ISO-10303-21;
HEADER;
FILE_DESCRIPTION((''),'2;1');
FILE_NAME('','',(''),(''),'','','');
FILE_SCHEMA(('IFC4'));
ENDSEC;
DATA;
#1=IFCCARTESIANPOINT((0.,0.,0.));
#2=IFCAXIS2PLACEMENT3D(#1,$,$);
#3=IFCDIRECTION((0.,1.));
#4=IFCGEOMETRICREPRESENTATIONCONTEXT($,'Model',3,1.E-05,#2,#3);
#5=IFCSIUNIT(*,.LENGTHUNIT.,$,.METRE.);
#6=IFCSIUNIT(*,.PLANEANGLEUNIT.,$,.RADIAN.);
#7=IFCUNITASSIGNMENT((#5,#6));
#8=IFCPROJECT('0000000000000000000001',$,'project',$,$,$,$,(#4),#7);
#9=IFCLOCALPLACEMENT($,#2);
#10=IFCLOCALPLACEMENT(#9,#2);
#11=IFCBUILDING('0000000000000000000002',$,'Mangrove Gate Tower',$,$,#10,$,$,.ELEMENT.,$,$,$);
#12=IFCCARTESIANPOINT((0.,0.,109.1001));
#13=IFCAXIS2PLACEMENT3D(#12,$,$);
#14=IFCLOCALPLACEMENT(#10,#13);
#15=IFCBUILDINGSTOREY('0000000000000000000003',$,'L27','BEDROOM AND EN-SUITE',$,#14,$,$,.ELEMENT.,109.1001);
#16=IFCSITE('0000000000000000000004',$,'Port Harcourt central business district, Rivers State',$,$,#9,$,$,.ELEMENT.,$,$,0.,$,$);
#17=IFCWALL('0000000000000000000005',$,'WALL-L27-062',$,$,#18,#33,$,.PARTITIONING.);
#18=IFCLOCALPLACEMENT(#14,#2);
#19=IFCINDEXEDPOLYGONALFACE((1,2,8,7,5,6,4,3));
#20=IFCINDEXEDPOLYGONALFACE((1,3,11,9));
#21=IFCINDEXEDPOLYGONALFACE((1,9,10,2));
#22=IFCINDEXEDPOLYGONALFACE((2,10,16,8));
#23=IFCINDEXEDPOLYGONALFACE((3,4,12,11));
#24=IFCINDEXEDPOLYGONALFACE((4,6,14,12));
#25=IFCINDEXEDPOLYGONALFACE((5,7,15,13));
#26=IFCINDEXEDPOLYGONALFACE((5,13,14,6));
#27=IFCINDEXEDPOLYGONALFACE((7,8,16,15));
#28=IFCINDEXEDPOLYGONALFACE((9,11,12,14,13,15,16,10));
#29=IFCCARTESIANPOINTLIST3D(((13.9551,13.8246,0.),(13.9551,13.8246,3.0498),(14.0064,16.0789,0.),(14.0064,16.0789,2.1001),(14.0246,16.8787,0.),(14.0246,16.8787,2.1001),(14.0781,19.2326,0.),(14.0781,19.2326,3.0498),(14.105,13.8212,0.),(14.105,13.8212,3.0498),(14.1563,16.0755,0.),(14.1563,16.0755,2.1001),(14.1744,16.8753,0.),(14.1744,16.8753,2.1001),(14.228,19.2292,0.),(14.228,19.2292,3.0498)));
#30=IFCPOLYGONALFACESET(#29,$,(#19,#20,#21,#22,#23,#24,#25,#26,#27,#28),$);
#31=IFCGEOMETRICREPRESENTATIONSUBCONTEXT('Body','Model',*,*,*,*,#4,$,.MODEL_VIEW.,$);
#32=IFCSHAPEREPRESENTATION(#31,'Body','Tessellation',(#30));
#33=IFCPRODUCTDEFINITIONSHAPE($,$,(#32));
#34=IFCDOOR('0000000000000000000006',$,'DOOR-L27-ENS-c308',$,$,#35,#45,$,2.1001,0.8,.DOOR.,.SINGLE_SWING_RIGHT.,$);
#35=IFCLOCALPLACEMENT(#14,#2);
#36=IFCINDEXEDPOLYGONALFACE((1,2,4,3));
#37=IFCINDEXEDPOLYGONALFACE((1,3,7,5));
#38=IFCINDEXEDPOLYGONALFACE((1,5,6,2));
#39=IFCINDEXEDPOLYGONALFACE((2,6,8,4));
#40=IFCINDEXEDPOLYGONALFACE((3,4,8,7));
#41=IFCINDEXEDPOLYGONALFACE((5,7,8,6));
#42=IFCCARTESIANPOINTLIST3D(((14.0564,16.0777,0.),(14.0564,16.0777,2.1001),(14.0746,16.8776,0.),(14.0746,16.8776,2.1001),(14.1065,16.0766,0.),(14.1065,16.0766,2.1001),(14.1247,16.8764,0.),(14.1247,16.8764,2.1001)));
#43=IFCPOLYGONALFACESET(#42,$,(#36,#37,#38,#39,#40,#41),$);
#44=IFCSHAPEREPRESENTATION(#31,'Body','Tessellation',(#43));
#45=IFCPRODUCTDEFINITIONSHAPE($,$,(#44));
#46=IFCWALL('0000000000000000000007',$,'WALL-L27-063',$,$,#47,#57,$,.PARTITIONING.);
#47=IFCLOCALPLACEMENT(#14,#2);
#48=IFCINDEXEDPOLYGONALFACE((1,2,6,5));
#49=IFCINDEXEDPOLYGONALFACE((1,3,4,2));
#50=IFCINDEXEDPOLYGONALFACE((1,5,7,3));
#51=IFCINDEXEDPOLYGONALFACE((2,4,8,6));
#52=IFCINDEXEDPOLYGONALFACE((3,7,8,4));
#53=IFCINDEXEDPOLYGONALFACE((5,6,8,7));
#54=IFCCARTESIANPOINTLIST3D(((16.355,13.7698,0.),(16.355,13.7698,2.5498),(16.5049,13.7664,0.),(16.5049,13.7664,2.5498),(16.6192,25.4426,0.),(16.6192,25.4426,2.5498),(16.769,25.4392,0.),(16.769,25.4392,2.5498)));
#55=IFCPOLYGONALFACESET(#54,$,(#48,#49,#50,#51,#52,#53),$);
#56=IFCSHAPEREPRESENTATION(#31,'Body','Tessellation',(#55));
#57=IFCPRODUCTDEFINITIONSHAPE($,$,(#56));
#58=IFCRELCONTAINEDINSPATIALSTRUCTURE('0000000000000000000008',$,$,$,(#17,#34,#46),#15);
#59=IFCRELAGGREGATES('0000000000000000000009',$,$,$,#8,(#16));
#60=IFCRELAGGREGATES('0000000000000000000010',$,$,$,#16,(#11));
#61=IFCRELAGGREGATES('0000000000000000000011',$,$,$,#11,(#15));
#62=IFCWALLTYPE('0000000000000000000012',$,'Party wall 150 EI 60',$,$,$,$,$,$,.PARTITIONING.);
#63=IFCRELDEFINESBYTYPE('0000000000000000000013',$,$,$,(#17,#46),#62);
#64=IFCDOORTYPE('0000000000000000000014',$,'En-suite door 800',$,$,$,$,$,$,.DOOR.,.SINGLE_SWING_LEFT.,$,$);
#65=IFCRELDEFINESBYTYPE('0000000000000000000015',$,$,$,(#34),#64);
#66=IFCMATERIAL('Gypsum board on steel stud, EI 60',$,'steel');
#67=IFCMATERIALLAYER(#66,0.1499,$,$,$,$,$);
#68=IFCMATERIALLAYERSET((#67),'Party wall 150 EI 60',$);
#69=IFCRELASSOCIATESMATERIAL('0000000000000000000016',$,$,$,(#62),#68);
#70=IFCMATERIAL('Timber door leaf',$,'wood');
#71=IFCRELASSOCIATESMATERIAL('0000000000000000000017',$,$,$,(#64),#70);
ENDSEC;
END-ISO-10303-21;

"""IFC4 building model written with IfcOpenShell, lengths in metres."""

from ifc_helpers import new_model, si_unit, direction, frame, frame_2d, origin, place, context, subcontext, project, spatial, rectangle, extrude, material, layer, layer_set, type_object, element, fill, save


model = new_model("IFC4")

# Units and contexts
model_context = context("Model", 3, precision=1e-05, world=origin(), true_north=direction((0.0, 1.0)))
body_context = subcontext(model_context, "Body", "Model", "MODEL_VIEW")
ifc_project = project(units=[si_unit("LENGTHUNIT", "METRE"), si_unit("PLANEANGLEUNIT", "RADIAN")], contexts=[model_context])

# Site, building, storey
site_placement = place(None, origin())
site = spatial("IfcSite", under=ifc_project, at=site_placement, Name="Port Harcourt central business district, Rivers State", CompositionType="ELEMENT", RefElevation=0.0)
building_placement = place(site_placement, origin())
building = spatial("IfcBuilding", under=site, at=building_placement, Name="Mangrove Gate Tower", CompositionType="ELEMENT")
storey_placement = place(building_placement, frame((0.0, 0.0, 109.1001)))
storey = spatial("IfcBuildingStorey", under=building, at=storey_placement, Name="L27", Description="BEDROOM AND EN-SUITE", CompositionType="ELEMENT", Elevation=109.1001)

# Wall, opening, door
ifc_material_1 = material(Name="Gypsum board on steel stud, EI 60", Category="steel")
ifc_layer_1 = layer(ifc_material_1, 0.1499)
ifc_layer_set_1 = layer_set([ifc_layer_1], Name="Party wall 150 EI 60")
wall_type_1 = type_object("IfcWallType", Name="Party wall 150 EI 60", PredefinedType="PARTITIONING", material=ifc_layer_set_1)
wall_1_placement = place(storey_placement, frame((14.03, 13.823, 0.0), z_axis=(0.0, 0.0, 1.0), x_axis=(0.022747, 0.999741, 0.0)))
wall_1 = element("IfcWall", 1, at=wall_1_placement, inside=storey, type_object=wall_type_1, Name="WALL-L27-062", PredefinedType="PARTITIONING", context=body_context, shape_type="SweptSolid", body=[
    extrude(rectangle(XDim=5.4094, YDim=0.1499, at=frame_2d((2.7046, 0.0))), origin(), (0.0, 0.0, 1.0), 3.0498),
])
opening_placement = place(wall_1_placement, frame((2.2549, 0.0, 0.0)))
opening = element("IfcOpeningElement", 2, at=opening_placement, cuts=wall_1, PredefinedType="OPENING", context=body_context, shape_type="SweptSolid", body=[
    extrude(rectangle(XDim=0.8, YDim=2.1001, at=frame_2d((0.3999, 1.05))), frame((0.0, 0.085, 0.0), z_axis=(0.0, -1.0, 0.0), x_axis=(1.0, 0.0, 0.0)), (0.0, 0.0, 1.0), 0.1699),
])
ifc_material_2 = material(Name="Timber door leaf", Category="wood")
door_type = type_object("IfcDoorType", Name="En-suite door 800", OperationType="SINGLE_SWING_LEFT", PredefinedType="DOOR", material=ifc_material_2)
door_placement = place(opening_placement, origin())
door = element("IfcDoor", 3, at=door_placement, inside=storey, type_object=door_type, Name="DOOR-L27-ENS-c308", OperationType="SINGLE_SWING_RIGHT", OverallHeight=2.1001, OverallWidth=0.8, PredefinedType="DOOR", context=body_context, shape_type="SweptSolid", body=[
    extrude(rectangle(XDim=0.8, YDim=2.1001, at=frame_2d((0.3999, 1.05))), frame((0.0, 0.0249, 0.0), z_axis=(0.0, -1.0, 0.0), x_axis=(1.0, 0.0, 0.0)), (0.0, 0.0, 1.0), 0.05),
])
fill(opening, door)

# Wall
wall_2_placement = place(storey_placement, frame((16.4299, 13.7681, 0.0), z_axis=(0.0, 0.0, 1.0), x_axis=(0.022625, 0.999744, 0.0)))
element("IfcWall", 4, at=wall_2_placement, inside=storey, type_object=wall_type_1, Name="WALL-L27-063", PredefinedType="PARTITIONING", context=body_context, shape_type="SweptSolid", body=[
    extrude(rectangle(XDim=11.6758, YDim=0.1499, at=frame_2d((5.8379, 0.0))), origin(), (0.0, 0.0, 1.0), 2.5498),
])

save(model, "model.ifc")
